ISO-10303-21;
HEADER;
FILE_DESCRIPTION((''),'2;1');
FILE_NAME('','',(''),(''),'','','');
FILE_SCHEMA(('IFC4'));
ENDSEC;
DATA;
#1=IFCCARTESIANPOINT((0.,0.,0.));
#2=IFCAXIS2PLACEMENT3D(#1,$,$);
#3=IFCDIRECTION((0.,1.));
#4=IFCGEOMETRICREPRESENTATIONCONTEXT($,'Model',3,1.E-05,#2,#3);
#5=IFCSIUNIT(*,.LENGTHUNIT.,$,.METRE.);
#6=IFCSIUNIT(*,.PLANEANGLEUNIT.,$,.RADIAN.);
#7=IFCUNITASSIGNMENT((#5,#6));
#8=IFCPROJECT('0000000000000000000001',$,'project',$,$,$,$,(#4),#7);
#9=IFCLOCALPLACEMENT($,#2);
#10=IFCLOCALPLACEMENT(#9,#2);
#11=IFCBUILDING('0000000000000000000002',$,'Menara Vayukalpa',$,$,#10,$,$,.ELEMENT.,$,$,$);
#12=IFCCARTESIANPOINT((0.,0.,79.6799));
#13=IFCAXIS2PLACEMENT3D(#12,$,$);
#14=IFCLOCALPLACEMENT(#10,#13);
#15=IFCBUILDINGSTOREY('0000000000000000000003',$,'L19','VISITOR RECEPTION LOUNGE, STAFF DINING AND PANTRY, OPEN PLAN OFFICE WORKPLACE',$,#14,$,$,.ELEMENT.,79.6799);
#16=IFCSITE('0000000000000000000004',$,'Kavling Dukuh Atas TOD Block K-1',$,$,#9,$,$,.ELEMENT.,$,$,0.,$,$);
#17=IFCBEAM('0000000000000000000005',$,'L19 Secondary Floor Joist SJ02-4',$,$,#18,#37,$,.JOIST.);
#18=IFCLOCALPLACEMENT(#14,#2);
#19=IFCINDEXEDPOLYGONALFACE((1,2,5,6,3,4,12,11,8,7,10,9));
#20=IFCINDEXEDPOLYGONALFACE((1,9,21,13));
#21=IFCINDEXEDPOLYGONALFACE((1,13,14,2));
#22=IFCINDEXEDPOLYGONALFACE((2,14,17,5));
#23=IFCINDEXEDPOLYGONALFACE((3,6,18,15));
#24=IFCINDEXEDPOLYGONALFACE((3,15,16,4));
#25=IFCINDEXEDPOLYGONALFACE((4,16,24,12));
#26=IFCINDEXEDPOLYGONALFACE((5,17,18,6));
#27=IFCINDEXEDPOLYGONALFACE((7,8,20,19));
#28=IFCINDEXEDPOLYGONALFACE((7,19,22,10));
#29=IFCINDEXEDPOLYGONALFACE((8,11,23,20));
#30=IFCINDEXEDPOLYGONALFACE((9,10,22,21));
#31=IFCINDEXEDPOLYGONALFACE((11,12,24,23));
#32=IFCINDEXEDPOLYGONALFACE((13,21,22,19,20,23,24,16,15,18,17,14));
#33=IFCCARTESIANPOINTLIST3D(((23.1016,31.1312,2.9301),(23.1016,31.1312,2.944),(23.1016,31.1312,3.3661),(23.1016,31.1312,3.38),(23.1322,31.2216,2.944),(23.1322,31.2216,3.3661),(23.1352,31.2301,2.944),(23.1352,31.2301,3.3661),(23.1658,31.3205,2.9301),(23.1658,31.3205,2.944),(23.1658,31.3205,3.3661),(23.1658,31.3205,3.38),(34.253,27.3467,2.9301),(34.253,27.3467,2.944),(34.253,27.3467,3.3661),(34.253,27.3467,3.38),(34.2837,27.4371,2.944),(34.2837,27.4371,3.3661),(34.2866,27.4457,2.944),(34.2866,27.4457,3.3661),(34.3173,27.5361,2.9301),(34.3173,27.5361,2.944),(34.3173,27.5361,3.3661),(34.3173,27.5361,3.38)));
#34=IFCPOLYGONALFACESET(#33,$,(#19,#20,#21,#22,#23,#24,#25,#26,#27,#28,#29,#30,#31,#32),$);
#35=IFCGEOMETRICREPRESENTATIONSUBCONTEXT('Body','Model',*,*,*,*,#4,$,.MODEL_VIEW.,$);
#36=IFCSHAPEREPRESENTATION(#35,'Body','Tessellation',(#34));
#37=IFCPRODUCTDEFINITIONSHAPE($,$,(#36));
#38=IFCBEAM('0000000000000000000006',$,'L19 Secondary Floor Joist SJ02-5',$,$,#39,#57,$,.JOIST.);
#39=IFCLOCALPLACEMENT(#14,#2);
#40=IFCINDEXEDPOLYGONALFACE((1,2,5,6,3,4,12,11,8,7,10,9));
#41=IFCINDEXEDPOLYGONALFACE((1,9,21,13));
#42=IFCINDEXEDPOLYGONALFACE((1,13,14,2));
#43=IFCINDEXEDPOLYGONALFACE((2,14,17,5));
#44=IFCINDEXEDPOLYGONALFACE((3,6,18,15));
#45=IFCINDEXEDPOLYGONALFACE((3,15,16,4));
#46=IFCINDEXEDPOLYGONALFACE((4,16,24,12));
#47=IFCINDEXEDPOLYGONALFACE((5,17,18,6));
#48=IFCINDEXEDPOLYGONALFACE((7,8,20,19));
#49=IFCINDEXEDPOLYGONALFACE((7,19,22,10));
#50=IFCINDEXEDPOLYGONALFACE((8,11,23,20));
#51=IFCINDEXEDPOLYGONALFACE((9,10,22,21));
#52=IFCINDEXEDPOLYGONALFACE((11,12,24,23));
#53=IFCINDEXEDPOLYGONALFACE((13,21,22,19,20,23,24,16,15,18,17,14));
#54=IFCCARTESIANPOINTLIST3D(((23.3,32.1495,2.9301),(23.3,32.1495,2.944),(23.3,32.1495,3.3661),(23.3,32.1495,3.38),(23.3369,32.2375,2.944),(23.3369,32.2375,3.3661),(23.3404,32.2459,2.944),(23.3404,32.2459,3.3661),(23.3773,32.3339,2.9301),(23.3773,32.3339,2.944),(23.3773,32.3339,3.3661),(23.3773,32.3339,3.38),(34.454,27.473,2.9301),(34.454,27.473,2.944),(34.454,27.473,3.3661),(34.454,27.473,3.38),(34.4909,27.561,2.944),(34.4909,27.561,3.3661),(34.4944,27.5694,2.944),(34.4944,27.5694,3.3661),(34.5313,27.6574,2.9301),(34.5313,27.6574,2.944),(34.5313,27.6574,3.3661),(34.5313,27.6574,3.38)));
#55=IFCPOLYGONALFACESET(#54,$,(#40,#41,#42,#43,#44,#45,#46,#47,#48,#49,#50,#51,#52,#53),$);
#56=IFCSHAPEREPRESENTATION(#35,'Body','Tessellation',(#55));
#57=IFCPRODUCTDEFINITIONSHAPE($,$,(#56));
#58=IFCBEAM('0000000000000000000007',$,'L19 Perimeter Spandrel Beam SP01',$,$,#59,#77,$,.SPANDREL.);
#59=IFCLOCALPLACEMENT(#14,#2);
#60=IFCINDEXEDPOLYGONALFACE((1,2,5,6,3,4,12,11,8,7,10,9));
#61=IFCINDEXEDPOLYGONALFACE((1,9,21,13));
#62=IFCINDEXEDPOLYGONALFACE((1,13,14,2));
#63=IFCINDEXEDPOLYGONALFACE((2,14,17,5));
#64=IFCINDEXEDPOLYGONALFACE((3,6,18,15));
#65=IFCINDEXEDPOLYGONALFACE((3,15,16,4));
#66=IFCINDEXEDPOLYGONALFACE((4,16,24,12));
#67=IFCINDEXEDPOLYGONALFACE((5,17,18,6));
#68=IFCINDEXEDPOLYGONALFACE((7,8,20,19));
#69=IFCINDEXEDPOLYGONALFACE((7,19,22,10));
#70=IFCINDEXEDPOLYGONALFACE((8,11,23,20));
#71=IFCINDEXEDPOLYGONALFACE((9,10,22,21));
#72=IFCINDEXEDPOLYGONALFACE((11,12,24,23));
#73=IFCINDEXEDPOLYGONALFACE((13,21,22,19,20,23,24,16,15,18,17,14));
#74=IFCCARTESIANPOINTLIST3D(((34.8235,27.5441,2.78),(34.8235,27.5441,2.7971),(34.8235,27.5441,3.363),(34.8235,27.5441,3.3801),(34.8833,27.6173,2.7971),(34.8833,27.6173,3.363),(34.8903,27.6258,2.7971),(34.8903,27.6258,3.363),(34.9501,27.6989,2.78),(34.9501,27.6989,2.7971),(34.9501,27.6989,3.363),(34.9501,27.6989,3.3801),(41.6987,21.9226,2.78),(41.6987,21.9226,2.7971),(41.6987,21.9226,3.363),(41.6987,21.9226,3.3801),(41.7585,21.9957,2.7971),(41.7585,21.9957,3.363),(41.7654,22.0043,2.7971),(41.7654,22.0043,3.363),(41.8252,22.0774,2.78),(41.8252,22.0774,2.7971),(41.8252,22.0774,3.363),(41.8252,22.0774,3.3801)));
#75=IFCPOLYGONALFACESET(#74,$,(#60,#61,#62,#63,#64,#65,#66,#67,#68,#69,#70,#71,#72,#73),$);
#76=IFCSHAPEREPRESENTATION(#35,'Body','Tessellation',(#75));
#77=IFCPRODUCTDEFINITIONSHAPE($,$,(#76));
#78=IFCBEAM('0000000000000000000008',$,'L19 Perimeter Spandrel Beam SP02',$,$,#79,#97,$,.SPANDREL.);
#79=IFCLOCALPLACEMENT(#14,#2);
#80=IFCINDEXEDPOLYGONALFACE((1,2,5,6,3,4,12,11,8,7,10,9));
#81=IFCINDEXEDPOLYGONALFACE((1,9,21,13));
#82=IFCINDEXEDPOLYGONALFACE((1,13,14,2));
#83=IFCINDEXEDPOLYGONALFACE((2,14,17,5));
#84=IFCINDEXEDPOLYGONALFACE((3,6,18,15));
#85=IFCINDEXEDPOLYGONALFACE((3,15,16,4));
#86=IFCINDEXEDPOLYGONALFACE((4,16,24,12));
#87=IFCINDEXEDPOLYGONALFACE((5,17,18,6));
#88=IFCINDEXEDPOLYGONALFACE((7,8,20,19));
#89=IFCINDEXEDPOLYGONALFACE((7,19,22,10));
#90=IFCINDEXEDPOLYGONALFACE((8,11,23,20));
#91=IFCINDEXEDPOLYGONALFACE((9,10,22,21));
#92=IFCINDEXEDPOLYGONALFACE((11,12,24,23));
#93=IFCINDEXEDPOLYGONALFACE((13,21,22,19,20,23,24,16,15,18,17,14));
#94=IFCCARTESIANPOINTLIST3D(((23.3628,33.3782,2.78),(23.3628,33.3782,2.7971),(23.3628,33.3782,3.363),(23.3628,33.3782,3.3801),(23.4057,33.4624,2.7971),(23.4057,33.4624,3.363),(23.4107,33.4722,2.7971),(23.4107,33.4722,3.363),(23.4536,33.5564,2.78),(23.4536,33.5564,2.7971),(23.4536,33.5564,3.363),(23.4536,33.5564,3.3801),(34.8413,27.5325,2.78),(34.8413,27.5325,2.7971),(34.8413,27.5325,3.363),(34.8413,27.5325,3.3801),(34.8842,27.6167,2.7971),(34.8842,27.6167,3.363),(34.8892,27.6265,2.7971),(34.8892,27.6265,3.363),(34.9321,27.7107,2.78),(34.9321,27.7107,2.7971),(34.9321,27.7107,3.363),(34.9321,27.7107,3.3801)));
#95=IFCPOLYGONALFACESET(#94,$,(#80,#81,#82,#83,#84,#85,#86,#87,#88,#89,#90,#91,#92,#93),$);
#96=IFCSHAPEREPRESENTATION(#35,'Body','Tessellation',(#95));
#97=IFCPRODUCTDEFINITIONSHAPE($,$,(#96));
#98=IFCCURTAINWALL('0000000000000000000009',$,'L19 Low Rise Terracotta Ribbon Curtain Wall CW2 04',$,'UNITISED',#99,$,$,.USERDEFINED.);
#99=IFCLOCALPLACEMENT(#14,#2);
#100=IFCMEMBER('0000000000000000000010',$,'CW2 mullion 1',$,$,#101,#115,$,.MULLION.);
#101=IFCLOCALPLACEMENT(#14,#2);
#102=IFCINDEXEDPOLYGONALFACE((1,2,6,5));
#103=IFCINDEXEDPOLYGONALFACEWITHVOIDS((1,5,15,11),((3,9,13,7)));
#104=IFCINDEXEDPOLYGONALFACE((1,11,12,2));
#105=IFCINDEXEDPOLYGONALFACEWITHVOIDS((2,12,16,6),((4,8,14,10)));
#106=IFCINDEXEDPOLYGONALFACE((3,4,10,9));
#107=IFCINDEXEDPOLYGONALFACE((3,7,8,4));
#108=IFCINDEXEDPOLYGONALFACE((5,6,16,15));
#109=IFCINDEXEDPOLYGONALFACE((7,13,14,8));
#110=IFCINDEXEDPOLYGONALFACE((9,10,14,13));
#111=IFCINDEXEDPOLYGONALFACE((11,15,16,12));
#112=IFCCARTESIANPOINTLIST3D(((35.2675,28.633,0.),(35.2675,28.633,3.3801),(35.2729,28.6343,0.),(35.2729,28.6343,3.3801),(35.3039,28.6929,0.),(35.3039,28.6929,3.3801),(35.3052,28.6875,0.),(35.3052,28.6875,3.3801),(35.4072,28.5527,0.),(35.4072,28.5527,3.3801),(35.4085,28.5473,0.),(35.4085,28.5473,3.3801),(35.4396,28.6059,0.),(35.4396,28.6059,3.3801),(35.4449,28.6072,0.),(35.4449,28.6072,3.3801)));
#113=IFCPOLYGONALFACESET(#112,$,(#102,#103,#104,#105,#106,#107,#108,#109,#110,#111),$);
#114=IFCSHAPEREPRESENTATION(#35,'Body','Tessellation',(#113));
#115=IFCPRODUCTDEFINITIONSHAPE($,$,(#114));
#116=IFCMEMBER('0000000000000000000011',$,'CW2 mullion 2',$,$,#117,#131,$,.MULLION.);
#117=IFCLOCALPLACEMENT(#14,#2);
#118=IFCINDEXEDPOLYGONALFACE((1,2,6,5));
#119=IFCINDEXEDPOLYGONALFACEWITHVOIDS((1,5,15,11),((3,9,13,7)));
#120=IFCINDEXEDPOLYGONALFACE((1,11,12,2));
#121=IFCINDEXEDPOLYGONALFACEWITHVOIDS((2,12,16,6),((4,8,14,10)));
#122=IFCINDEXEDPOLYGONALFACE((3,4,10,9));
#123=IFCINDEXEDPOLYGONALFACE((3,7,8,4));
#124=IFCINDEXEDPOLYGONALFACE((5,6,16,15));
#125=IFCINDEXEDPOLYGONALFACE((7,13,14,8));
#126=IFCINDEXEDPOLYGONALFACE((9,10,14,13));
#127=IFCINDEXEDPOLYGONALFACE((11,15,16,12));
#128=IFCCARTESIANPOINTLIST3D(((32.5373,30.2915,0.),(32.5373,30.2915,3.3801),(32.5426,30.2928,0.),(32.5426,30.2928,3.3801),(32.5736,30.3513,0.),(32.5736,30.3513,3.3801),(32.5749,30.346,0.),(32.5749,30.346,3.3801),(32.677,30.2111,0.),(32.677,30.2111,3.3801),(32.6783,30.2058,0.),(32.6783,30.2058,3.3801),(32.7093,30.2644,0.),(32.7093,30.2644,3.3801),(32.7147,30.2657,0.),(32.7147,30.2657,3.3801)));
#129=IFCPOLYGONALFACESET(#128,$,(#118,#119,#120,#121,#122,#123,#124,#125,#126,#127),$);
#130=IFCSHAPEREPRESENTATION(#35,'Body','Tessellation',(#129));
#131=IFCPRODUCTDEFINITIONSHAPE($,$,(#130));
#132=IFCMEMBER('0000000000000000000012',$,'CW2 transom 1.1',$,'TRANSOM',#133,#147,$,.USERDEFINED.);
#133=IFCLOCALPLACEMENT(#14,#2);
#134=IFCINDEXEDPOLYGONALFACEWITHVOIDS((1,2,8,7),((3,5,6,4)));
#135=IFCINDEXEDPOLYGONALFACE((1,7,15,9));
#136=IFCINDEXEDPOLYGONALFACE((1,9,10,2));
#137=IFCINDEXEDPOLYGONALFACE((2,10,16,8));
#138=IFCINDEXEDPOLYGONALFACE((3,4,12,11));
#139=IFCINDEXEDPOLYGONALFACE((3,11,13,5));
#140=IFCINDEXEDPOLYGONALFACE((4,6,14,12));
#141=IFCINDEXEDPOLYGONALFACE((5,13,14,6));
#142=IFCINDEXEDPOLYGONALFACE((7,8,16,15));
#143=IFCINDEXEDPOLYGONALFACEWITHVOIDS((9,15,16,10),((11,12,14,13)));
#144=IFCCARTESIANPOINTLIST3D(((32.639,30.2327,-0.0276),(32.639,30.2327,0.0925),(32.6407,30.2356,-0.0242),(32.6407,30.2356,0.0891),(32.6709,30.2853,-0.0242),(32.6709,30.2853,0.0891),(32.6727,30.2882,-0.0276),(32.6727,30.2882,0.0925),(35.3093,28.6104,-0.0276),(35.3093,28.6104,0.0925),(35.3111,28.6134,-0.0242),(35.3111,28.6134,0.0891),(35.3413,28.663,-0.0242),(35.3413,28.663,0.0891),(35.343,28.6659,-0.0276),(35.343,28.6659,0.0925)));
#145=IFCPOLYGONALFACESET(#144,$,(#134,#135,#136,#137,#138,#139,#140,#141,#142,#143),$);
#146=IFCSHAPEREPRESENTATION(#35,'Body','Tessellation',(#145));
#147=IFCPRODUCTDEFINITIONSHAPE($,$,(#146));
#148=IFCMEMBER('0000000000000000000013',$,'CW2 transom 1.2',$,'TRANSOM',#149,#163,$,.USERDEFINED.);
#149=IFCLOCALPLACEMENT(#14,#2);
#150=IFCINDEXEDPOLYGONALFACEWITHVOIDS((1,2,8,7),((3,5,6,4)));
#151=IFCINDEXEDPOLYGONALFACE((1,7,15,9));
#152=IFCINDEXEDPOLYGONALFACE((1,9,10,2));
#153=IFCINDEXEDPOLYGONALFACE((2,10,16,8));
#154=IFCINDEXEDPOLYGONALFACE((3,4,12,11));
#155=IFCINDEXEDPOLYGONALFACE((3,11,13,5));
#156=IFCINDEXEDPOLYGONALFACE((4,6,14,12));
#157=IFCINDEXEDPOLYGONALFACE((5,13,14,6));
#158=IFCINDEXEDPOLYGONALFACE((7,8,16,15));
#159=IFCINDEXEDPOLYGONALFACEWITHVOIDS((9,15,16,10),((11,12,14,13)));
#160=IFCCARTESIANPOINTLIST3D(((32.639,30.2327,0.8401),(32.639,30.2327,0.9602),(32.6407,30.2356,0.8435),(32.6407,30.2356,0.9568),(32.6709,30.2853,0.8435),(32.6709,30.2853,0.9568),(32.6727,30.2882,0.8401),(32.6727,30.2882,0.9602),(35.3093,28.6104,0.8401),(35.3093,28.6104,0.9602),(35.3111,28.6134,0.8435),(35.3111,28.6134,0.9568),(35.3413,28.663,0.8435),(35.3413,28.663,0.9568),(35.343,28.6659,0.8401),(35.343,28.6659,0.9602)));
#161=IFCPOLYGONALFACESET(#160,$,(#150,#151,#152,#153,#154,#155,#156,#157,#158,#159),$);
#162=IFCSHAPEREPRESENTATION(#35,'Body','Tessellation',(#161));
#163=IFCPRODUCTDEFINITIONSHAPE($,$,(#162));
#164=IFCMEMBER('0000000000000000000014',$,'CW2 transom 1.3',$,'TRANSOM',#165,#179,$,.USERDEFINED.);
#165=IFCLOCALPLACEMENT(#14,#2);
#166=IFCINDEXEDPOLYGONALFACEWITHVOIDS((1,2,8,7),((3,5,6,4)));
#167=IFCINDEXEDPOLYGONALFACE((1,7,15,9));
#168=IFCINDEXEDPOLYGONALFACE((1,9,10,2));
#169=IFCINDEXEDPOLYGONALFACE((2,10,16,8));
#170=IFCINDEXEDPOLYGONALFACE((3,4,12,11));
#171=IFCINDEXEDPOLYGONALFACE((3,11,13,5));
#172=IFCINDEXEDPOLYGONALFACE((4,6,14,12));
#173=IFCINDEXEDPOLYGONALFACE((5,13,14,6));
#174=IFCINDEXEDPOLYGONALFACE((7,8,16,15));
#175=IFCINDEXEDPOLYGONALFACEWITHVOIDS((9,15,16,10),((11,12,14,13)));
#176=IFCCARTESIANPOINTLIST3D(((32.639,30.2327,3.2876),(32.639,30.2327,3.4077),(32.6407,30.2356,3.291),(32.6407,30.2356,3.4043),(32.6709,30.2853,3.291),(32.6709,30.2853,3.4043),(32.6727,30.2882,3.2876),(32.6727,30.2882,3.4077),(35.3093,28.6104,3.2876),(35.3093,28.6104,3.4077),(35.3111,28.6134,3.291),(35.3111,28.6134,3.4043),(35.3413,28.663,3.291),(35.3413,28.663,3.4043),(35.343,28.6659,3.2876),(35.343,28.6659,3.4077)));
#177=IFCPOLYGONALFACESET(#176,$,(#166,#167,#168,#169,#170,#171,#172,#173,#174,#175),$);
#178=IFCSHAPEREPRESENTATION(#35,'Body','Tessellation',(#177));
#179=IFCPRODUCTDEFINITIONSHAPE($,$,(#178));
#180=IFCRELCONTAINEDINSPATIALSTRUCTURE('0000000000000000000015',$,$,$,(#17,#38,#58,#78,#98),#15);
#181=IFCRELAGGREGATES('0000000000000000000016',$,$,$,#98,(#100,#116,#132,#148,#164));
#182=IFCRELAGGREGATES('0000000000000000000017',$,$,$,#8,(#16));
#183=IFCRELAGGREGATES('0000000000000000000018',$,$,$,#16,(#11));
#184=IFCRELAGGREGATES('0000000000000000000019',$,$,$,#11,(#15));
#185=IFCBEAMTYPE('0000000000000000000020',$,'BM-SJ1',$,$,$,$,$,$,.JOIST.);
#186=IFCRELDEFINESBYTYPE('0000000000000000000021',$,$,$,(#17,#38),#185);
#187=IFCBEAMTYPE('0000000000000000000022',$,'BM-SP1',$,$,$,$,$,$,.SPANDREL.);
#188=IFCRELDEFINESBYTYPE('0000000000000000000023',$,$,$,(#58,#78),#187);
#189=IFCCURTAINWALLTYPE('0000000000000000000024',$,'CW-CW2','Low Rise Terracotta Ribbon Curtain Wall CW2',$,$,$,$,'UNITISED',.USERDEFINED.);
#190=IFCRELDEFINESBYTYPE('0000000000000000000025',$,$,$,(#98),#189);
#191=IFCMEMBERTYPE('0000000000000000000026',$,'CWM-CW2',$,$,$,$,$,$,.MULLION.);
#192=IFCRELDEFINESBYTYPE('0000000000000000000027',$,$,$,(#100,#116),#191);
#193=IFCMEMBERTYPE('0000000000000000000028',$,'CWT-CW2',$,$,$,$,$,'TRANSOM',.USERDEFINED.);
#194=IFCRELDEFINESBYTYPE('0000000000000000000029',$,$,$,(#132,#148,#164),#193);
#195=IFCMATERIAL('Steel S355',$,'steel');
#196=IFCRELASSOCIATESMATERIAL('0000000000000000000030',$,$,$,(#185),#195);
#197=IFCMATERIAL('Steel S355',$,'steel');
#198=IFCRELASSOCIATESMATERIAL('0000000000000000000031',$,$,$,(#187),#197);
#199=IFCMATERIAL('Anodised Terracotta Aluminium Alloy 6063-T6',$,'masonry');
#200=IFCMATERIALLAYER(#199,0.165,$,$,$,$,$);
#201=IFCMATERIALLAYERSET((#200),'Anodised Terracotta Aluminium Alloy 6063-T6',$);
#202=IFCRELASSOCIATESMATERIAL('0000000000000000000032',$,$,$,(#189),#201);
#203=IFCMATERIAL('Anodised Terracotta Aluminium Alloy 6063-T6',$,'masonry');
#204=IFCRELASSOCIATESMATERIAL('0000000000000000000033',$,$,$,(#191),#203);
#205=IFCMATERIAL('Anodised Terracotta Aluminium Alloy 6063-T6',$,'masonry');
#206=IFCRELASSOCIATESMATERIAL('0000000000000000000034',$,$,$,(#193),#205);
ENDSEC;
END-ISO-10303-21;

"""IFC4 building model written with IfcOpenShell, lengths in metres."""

from ifc_helpers import new_model, si_unit, direction, frame, origin, origin_2d, place, context, subcontext, project, spatial, hollow_rectangle, i_section, extrude, material, layer, layer_set, material_profile, profile_set, type_object, element, aggregate, save


model = new_model("IFC4")

# Units and contexts
model_context = context("Model", 3, precision=1e-05, world=origin(), true_north=direction((0.0, 1.0)))
body_context = subcontext(model_context, "Body", "Model", "MODEL_VIEW")
ifc_project = project(units=[si_unit("LENGTHUNIT", "METRE"), si_unit("PLANEANGLEUNIT", "RADIAN")], contexts=[model_context])

# Site, building, storey
site_placement = place(None, origin())
site = spatial("IfcSite", under=ifc_project, at=site_placement, Name="Kavling Dukuh Atas TOD Block K-1", CompositionType="ELEMENT", RefElevation=0.0)
building_placement = place(site_placement, origin())
building = spatial("IfcBuilding", under=site, at=building_placement, Name="Menara Vayukalpa", CompositionType="ELEMENT")
storey_placement = place(building_placement, frame((0.0, 0.0, 79.6799)))
storey = spatial("IfcBuildingStorey", under=building, at=storey_placement, Name="L19", Description="VISITOR RECEPTION LOUNGE, STAFF DINING AND PANTRY, OPEN PLAN OFFICE WORKPLACE", CompositionType="ELEMENT", Elevation=79.6799)

# Beams
ifc_material_1 = material(Name="Steel S355", Category="steel")
ifc_material_profile_1 = material_profile(ifc_material_1, i_section(OverallWidth=0.2, OverallDepth=0.45, WebThickness=0.009, FlangeThickness=0.0139, at=origin_2d()), Name="WF 450x200x9x14")
ifc_profile_set_1 = profile_set([ifc_material_profile_1], Name="Steel S355")
beam_type_1 = type_object("IfcBeamType", Name="BM-SJ1", PredefinedType="JOIST", material=ifc_profile_set_1)
beam_1_placement = place(storey_placement, frame((34.2852, 27.4414, 3.155), z_axis=(-0.946955, 0.321367, 0.0), x_axis=(-0.321367, -0.946955, 0.0)))
element("IfcBeam", 1, at=beam_1_placement, inside=storey, type_object=beam_type_1, Name="L19 Secondary Floor Joist SJ02-4", PredefinedType="JOIST", context=body_context, shape_type="SweptSolid", body=[
    extrude(i_section(OverallWidth=0.2, OverallDepth=0.45, WebThickness=0.009, FlangeThickness=0.0139, at=origin_2d()), origin(), (0.0, 0.0, 1.0), 11.7761),
])
beam_2_placement = place(storey_placement, frame((34.4927, 27.5652, 3.155), z_axis=(-0.922224, 0.386657, 0.0), x_axis=(-0.386657, -0.922224, 0.0)))
element("IfcBeam", 2, at=beam_2_placement, inside=storey, type_object=beam_type_1, Name="L19 Secondary Floor Joist SJ02-5", PredefinedType="JOIST", context=body_context, shape_type="SweptSolid", body=[
    extrude(i_section(OverallWidth=0.2, OverallDepth=0.45, WebThickness=0.009, FlangeThickness=0.0139, at=origin_2d()), origin(), (0.0, 0.0, 1.0), 12.0947),
])
ifc_material_2 = material(Name="Steel S355", Category="steel")
ifc_material_profile_2 = material_profile(ifc_material_2, i_section(OverallWidth=0.2, OverallDepth=0.6001, WebThickness=0.011, FlangeThickness=0.0171, at=origin_2d()), Name="WF 600x200x11x17")
ifc_profile_set_2 = profile_set([ifc_material_profile_2], Name="Steel S355")
beam_type_2 = type_object("IfcBeamType", Name="BM-SP1", PredefinedType="SPANDREL", material=ifc_profile_set_2)
beam_3_placement = place(storey_placement, frame((41.762, 22.0, 3.0801), z_axis=(-0.774157, 0.632994, 0.0), x_axis=(-0.632994, -0.774157, 0.0)))
element("IfcBeam", 3, at=beam_3_placement, inside=storey, type_object=beam_type_2, Name="L19 Perimeter Spandrel Beam SP01", PredefinedType="SPANDREL", context=body_context, shape_type="SweptSolid", body=[
    extrude(i_section(OverallWidth=0.2, OverallDepth=0.6001, WebThickness=0.011, FlangeThickness=0.0171, at=origin_2d()), origin(), (0.0, 0.0, 1.0), 8.8809),
])
beam_4_placement = place(storey_placement, frame((34.8867, 27.6216, 3.0801), z_axis=(-0.891097, 0.453812, 0.0), x_axis=(-0.453812, -0.891097, 0.0)))
element("IfcBeam", 4, at=beam_4_placement, inside=storey, type_object=beam_type_2, Name="L19 Perimeter Spandrel Beam SP02", PredefinedType="SPANDREL", context=body_context, shape_type="SweptSolid", body=[
    extrude(i_section(OverallWidth=0.2, OverallDepth=0.6001, WebThickness=0.011, FlangeThickness=0.0171, at=origin_2d()), origin(), (0.0, 0.0, 1.0), 12.8813),
])

# Curtain wall, members
ifc_material_3 = material(Name="Anodised Terracotta Aluminium Alloy 6063-T6", Category="masonry")
ifc_layer_1 = layer(ifc_material_3, 0.165)
ifc_layer_set_1 = layer_set([ifc_layer_1], Name="Anodised Terracotta Aluminium Alloy 6063-T6")
curtain_wall_type = type_object("IfcCurtainWallType", Name="CW-CW2", Description="Low Rise Terracotta Ribbon Curtain Wall CW2", ElementType="UNITISED", PredefinedType="USERDEFINED", material=ifc_layer_set_1)
curtain_wall_placement = place(storey_placement, origin())
curtain_wall = element("IfcCurtainWall", 5, at=curtain_wall_placement, inside=storey, type_object=curtain_wall_type, Name="L19 Low Rise Terracotta Ribbon Curtain Wall CW2 04", ObjectType="UNITISED", PredefinedType="USERDEFINED")
ifc_material_4 = material(Name="Anodised Terracotta Aluminium Alloy 6063-T6", Category="masonry")
ifc_material_profile_3 = material_profile(ifc_material_4, hollow_rectangle(XDim=0.0701, YDim=0.165, WallThickness=0.0039, at=origin_2d()), Name="ALU 70x165x4")
ifc_profile_set_3 = profile_set([ifc_material_profile_3], Name="Anodised Terracotta Aluminium Alloy 6063-T6")
member_type_1 = type_object("IfcMemberType", Name="CWM-CW2", PredefinedType="MULLION", material=ifc_profile_set_3)
member_1_placement = place(storey_placement, frame((35.3562, 28.6201, 0.0), z_axis=(0.0, 0.0, 1.0), x_axis=(-0.519183, -0.854663, 0.0)))
member_1 = element("IfcMember", 6, at=member_1_placement, type_object=member_type_1, Name="CW2 mullion 1", PredefinedType="MULLION", context=body_context, shape_type="SweptSolid", body=[
    extrude(hollow_rectangle(XDim=0.0701, YDim=0.165, WallThickness=0.0039, at=origin_2d()), origin(), (0.0, 0.0, 1.0), 3.3801),
])
member_2_placement = place(storey_placement, frame((32.626, 30.2786, 0.0), z_axis=(0.0, 0.0, 1.0), x_axis=(-0.519183, -0.854663, 0.0)))
member_2 = element("IfcMember", 7, at=member_2_placement, type_object=member_type_1, Name="CW2 mullion 2", PredefinedType="MULLION", context=body_context, shape_type="SweptSolid", body=[
    extrude(hollow_rectangle(XDim=0.0701, YDim=0.165, WallThickness=0.0039, at=origin_2d()), origin(), (0.0, 0.0, 1.0), 3.3801),
])
ifc_material_5 = material(Name="Anodised Terracotta Aluminium Alloy 6063-T6", Category="masonry")
ifc_material_profile_4 = material_profile(ifc_material_5, hollow_rectangle(XDim=0.0649, YDim=0.1201, WallThickness=0.0034, at=origin_2d()), Name="ALU 65x120x3.5")
ifc_profile_set_4 = profile_set([ifc_material_profile_4], Name="Anodised Terracotta Aluminium Alloy 6063-T6")
member_type_2 = type_object("IfcMemberType", Name="CWT-CW2", ElementType="TRANSOM", PredefinedType="USERDEFINED", material=ifc_profile_set_4)
member_3_placement = place(storey_placement, frame((35.3262, 28.6382, 0.0325), z_axis=(-0.854646, 0.519211, 0.0), x_axis=(-0.519211, -0.854646, 0.0)))
member_3 = element("IfcMember", 8, at=member_3_placement, type_object=member_type_2, Name="CW2 transom 1.1", ObjectType="TRANSOM", PredefinedType="USERDEFINED", context=body_context, shape_type="SweptSolid", body=[
    extrude(hollow_rectangle(XDim=0.0649, YDim=0.1201, WallThickness=0.0034, at=origin_2d()), origin(), (0.0, 0.0, 1.0), 3.1245),
])
member_4_placement = place(storey_placement, frame((35.3262, 28.6382, 0.9001), z_axis=(-0.854646, 0.519211, 0.0), x_axis=(-0.519211, -0.854646, 0.0)))
member_4 = element("IfcMember", 9, at=member_4_placement, type_object=member_type_2, Name="CW2 transom 1.2", ObjectType="TRANSOM", PredefinedType="USERDEFINED", context=body_context, shape_type="SweptSolid", body=[
    extrude(hollow_rectangle(XDim=0.0649, YDim=0.1201, WallThickness=0.0034, at=origin_2d()), origin(), (0.0, 0.0, 1.0), 3.1245),
])
member_5_placement = place(storey_placement, frame((35.3262, 28.6382, 3.3477), z_axis=(-0.854646, 0.519211, 0.0), x_axis=(-0.519211, -0.854646, 0.0)))
member_5 = element("IfcMember", 10, at=member_5_placement, type_object=member_type_2, Name="CW2 transom 1.3", ObjectType="TRANSOM", PredefinedType="USERDEFINED", context=body_context, shape_type="SweptSolid", body=[
    extrude(hollow_rectangle(XDim=0.0649, YDim=0.1201, WallThickness=0.0034, at=origin_2d()), origin(), (0.0, 0.0, 1.0), 3.1245),
])
aggregate(curtain_wall, [member_1, member_2, member_3, member_4, member_5])

save(model, "model.ifc")
